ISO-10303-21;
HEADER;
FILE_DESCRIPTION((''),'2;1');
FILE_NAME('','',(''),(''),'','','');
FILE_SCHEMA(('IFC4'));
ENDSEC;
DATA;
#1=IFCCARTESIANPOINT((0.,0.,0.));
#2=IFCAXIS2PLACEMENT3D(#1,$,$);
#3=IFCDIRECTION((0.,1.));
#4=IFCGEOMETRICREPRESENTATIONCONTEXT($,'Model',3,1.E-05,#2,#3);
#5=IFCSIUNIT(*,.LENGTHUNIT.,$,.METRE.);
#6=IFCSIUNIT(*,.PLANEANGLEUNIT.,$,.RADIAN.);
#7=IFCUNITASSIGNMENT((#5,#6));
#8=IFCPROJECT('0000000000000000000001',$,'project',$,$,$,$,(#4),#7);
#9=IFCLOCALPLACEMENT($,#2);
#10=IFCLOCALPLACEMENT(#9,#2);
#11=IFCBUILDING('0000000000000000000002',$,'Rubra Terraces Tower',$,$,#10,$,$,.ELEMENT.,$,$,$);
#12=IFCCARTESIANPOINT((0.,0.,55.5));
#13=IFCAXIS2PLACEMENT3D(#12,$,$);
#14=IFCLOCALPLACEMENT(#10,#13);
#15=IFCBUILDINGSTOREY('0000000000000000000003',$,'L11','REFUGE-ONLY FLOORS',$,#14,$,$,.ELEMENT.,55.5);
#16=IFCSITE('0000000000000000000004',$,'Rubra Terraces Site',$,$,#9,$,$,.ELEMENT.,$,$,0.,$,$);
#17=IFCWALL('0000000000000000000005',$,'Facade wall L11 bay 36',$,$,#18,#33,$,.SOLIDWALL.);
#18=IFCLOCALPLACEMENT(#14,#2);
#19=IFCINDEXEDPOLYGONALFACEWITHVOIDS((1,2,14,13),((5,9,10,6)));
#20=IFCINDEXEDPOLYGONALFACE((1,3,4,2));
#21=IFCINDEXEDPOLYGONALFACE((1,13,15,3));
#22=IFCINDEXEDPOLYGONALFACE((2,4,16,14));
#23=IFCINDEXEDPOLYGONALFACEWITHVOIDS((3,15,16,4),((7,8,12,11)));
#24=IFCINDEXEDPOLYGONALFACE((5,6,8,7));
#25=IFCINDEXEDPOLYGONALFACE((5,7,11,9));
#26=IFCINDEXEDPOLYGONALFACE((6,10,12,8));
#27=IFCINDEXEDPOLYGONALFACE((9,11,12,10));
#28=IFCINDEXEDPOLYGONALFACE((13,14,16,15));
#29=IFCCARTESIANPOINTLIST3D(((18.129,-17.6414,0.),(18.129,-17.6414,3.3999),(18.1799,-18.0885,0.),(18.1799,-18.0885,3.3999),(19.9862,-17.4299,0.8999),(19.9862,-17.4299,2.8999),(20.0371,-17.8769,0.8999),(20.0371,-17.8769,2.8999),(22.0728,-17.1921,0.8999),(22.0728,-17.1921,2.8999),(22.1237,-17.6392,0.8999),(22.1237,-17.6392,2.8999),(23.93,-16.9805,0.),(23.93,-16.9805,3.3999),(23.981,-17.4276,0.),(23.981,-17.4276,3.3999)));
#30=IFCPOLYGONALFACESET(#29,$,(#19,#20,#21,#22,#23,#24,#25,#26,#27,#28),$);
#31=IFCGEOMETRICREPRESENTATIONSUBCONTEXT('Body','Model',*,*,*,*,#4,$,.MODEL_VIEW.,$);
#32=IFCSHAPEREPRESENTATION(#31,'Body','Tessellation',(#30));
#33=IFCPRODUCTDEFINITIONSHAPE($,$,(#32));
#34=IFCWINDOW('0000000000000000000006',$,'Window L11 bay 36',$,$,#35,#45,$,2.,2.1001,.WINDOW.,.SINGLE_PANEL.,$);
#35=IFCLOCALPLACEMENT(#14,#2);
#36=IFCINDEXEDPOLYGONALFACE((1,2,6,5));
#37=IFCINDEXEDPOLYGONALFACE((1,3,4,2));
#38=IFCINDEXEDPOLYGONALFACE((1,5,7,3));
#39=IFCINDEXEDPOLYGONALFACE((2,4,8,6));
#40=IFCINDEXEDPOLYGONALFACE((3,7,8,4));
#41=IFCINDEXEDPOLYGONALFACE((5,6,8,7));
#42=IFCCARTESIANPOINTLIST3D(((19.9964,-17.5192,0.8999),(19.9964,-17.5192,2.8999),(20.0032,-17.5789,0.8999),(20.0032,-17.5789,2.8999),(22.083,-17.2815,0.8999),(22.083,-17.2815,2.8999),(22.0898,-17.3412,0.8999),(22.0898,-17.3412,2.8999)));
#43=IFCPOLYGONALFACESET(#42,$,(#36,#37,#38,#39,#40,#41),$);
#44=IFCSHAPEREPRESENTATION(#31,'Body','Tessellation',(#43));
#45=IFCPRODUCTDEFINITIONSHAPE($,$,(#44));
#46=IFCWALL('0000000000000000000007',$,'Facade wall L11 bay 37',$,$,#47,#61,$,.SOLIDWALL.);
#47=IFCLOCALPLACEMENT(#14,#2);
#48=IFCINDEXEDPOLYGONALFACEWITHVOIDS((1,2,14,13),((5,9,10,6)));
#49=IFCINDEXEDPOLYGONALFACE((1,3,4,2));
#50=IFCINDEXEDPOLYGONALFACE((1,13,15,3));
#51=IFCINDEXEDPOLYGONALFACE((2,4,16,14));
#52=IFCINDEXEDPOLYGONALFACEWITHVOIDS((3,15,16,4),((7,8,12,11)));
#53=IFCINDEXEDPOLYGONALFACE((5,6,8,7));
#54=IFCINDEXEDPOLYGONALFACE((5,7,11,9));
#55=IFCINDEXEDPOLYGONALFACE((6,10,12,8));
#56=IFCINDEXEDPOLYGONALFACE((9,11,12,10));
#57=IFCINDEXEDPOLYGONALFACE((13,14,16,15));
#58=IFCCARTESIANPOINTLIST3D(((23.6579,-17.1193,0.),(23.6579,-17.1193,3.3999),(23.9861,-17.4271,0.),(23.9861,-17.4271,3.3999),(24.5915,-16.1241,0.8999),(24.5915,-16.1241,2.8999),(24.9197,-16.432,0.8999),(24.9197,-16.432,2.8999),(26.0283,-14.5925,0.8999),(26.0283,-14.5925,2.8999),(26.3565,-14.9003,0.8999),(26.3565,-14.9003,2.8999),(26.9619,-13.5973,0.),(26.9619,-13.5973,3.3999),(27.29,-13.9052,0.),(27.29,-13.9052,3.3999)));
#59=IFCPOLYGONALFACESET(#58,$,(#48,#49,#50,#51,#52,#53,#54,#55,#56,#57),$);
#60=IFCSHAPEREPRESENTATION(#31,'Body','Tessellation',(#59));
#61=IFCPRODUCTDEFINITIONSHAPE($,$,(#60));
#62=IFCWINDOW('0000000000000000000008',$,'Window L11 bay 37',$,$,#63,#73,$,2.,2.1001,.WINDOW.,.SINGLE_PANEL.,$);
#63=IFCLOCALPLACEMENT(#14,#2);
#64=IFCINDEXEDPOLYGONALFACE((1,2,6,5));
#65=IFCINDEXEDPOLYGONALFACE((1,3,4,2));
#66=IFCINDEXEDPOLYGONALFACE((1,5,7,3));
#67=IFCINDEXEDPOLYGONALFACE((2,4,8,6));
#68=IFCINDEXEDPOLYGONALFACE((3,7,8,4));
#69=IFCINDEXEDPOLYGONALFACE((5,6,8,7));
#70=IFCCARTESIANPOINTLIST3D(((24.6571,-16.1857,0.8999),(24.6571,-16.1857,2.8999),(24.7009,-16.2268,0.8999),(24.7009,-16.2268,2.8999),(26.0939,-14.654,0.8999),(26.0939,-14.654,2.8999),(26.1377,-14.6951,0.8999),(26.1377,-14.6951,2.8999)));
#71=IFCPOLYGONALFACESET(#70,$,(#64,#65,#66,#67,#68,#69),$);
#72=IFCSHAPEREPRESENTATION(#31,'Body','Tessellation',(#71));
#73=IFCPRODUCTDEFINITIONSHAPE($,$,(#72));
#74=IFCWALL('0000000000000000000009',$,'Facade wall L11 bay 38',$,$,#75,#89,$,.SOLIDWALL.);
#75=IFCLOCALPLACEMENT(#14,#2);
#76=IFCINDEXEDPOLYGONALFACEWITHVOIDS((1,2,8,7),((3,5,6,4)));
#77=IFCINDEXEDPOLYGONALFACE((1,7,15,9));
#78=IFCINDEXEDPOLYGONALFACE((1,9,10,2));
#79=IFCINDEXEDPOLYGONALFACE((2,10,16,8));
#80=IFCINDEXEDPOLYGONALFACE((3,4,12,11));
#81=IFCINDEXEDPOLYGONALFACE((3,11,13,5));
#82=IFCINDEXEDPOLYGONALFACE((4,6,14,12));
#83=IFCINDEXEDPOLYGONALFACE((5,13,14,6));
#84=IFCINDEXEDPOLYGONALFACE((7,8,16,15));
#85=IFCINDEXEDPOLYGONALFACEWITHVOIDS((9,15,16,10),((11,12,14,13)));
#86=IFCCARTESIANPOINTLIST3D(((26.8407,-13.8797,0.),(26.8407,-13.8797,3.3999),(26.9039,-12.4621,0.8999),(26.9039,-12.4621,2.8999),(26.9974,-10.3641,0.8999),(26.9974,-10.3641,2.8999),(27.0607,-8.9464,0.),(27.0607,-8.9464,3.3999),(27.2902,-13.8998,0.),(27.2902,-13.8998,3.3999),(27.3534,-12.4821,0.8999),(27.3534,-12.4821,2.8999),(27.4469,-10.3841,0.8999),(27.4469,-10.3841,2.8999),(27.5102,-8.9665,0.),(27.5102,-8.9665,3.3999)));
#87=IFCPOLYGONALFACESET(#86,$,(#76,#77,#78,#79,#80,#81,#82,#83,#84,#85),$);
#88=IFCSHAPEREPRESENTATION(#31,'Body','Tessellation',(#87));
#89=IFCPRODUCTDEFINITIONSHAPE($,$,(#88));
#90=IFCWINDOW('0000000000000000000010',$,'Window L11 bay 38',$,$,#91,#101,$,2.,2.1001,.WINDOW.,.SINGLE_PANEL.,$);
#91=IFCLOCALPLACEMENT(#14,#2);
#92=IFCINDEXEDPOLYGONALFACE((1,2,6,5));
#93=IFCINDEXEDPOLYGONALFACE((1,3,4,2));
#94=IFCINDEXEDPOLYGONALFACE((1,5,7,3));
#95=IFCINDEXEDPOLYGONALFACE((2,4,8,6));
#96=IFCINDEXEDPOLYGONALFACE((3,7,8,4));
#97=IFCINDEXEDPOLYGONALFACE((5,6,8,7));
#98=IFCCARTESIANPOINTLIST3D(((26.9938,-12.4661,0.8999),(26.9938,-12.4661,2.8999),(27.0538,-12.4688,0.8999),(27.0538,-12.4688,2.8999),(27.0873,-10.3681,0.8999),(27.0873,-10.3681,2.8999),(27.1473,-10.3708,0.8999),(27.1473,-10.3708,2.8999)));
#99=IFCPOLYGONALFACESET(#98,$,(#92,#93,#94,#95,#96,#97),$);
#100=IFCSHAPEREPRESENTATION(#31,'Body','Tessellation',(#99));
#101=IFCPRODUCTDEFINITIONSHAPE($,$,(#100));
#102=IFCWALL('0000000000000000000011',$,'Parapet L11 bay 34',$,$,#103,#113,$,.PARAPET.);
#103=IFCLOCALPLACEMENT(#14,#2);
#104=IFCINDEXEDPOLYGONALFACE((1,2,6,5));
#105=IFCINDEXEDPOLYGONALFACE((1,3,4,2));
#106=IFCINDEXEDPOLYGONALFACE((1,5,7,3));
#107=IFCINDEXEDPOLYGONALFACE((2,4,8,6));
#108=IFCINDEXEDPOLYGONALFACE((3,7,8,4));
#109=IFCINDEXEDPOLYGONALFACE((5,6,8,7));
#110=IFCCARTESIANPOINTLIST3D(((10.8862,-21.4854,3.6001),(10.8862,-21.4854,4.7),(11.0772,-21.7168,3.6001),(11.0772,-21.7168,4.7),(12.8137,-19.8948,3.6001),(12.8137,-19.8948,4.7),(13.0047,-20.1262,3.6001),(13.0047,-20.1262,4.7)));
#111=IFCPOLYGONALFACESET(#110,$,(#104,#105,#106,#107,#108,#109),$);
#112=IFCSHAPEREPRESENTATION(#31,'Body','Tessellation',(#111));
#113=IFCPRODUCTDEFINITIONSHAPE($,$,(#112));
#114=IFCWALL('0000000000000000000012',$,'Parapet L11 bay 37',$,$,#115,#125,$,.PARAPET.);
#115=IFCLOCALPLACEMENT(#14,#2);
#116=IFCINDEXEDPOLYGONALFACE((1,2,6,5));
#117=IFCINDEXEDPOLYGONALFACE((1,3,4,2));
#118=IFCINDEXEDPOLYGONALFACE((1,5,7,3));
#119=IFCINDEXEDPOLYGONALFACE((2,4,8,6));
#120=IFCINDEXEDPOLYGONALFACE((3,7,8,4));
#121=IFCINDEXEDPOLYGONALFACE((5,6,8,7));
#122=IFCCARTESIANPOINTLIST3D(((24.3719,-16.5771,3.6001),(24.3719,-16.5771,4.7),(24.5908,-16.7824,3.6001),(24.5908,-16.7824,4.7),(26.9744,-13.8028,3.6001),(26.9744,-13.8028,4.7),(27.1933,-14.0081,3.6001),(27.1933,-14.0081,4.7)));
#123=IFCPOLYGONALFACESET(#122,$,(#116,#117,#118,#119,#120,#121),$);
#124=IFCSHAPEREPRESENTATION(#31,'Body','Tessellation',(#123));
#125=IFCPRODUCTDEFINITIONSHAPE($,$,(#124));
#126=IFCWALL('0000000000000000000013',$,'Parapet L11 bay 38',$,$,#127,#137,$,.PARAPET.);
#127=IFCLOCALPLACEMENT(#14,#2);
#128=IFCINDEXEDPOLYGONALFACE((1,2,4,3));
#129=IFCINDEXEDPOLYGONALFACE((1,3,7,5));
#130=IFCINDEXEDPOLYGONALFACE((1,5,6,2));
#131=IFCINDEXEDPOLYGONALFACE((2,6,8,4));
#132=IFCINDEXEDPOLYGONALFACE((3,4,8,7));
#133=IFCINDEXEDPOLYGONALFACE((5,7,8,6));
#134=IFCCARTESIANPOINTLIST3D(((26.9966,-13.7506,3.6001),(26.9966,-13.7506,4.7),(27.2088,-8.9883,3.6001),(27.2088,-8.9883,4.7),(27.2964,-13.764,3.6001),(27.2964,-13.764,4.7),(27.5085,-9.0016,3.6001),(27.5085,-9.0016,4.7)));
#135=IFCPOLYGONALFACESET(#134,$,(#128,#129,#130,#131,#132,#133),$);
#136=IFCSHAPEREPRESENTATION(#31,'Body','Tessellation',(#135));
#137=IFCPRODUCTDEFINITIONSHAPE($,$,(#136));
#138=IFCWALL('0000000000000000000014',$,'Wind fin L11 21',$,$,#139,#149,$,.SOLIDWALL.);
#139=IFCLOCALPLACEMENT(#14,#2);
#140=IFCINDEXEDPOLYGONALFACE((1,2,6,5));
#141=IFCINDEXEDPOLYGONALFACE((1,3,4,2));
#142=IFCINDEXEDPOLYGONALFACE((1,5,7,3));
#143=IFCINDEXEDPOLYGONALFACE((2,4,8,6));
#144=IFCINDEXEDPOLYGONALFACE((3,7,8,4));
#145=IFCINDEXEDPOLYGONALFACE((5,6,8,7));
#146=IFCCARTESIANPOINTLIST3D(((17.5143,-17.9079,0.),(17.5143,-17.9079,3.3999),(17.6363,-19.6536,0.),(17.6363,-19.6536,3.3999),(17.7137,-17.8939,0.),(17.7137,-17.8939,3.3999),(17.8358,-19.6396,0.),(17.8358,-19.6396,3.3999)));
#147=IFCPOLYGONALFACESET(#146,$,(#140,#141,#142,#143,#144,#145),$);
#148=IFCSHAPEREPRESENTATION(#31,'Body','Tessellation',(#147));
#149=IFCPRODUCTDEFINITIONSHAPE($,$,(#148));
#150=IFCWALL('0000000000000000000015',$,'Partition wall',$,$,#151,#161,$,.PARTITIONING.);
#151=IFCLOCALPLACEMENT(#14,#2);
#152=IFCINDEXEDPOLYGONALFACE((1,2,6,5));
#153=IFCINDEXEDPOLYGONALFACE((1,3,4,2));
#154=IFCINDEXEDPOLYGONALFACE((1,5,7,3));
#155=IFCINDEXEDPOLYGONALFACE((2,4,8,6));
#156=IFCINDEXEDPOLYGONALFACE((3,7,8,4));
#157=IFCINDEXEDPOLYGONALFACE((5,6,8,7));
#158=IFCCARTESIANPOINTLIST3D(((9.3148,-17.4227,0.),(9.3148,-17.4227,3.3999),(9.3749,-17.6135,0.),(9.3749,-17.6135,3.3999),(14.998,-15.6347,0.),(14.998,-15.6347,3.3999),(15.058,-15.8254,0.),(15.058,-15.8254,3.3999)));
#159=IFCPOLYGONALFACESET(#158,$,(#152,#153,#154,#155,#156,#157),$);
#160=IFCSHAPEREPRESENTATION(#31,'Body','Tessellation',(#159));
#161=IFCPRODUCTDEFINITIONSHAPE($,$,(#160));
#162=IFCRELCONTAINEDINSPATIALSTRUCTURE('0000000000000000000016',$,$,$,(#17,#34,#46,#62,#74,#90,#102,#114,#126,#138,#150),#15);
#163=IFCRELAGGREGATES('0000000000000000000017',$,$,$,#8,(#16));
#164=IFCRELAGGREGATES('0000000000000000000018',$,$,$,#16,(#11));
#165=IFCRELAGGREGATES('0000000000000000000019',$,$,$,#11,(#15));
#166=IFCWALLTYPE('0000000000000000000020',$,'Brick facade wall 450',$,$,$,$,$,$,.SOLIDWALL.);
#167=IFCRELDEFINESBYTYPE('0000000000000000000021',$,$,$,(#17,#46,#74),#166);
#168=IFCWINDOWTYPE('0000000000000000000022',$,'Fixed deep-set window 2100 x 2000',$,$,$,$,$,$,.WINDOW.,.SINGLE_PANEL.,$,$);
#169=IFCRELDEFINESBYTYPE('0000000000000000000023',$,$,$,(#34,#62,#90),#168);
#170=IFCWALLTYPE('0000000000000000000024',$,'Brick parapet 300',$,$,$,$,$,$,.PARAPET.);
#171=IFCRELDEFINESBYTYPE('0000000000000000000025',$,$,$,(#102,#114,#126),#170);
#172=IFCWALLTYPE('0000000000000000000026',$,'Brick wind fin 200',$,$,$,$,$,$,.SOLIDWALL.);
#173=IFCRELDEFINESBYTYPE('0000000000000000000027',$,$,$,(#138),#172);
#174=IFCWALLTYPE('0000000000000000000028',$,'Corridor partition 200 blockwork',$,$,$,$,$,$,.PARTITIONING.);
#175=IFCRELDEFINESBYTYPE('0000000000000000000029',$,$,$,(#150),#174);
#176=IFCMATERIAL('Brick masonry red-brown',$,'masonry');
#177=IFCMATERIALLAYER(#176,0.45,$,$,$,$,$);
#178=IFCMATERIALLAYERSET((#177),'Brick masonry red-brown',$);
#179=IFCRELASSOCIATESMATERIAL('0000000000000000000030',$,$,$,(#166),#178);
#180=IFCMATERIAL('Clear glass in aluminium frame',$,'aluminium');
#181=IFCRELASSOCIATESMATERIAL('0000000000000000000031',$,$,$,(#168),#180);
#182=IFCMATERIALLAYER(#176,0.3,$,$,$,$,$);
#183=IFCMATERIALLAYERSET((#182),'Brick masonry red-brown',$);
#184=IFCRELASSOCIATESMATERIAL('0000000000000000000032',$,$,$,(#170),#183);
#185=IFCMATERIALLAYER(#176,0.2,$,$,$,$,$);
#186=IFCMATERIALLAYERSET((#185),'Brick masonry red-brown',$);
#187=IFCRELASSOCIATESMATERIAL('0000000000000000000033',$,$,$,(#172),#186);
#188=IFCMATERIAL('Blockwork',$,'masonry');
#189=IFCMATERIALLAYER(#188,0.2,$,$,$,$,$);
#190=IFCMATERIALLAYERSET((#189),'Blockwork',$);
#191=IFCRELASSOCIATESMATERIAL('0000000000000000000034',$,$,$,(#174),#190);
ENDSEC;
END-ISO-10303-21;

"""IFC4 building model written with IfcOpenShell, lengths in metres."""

from ifc_helpers import new_model, si_unit, direction, frame, frame_2d, origin, place, context, subcontext, project, spatial, rectangle, extrude, material, layer, layer_set, type_object, element, fill, save


model = new_model("IFC4")

# Units and contexts
model_context = context("Model", 3, precision=1e-05, world=origin(), true_north=direction((0.0, 1.0)))
body_context = subcontext(model_context, "Body", "Model", "MODEL_VIEW")
ifc_project = project(units=[si_unit("LENGTHUNIT", "METRE"), si_unit("PLANEANGLEUNIT", "RADIAN")], contexts=[model_context])

# Site, building, storey
site_placement = place(None, origin())
site = spatial("IfcSite", under=ifc_project, at=site_placement, Name="Rubra Terraces Site", CompositionType="ELEMENT", RefElevation=0.0)
building_placement = place(site_placement, origin())
building = spatial("IfcBuilding", under=site, at=building_placement, Name="Rubra Terraces Tower", CompositionType="ELEMENT")
storey_placement = place(building_placement, frame((0.0, 0.0, 55.5)))
storey = spatial("IfcBuildingStorey", under=building, at=storey_placement, Name="L11", Description="REFUGE-ONLY FLOORS", CompositionType="ELEMENT", Elevation=55.5)

# Walls, openings, windows
ifc_material_1 = material(Name="Brick masonry red-brown", Category="masonry")
ifc_layer_1 = layer(ifc_material_1, 0.45)
ifc_layer_set_1 = layer_set([ifc_layer_1], Name="Brick masonry red-brown")
wall_type_1 = type_object("IfcWallType", Name="Brick facade wall 450", PredefinedType="SOLIDWALL", material=ifc_layer_set_1)
ifc_material_2 = material(Name="Clear glass in aluminium frame", Category="aluminium")
window_type = type_object("IfcWindowType", Name="Fixed deep-set window 2100 x 2000", PartitioningType="SINGLE_PANEL", PredefinedType="WINDOW", material=ifc_material_2)
wall_1_placement = place(storey_placement, frame((18.1543, -17.865, 0.0), z_axis=(0.0, 0.0, 1.0), x_axis=(0.993573, 0.113194, 0.0)))
wall_1 = element("IfcWall", 1, at=wall_1_placement, inside=storey, type_object=wall_type_1, Name="Facade wall L11 bay 36", PredefinedType="SOLIDWALL", context=body_context, shape_type="SweptSolid", body=[
    extrude(rectangle(XDim=5.8386, YDim=0.45, at=frame_2d((2.9194, 0.0))), origin(), (0.0, 0.0, 1.0), 3.3999),
])
opening_1_placement = place(wall_1_placement, frame((1.8694, 0.0, 0.8999)))
opening_1 = element("IfcOpeningElement", 2, at=opening_1_placement, cuts=wall_1, PredefinedType="OPENING", context=body_context, shape_type="SweptSolid", body=[
    extrude(rectangle(XDim=2.1001, YDim=2.0, at=frame_2d((1.05, 1.0))), frame((0.0, 0.2349, 0.0), z_axis=(0.0, -1.0, 0.0), x_axis=(1.0, 0.0, 0.0)), (0.0, 0.0, 1.0), 0.47),
])
window_1_placement = place(opening_1_placement, origin())
window_1 = element("IfcWindow", 3, at=window_1_placement, inside=storey, type_object=window_type, Name="Window L11 bay 36", OverallHeight=2.0, OverallWidth=2.1001, PartitioningType="SINGLE_PANEL", PredefinedType="WINDOW", context=body_context, shape_type="SweptSolid", body=[
    extrude(rectangle(XDim=2.1001, YDim=2.0, at=frame_2d((1.05, 1.0))), frame((0.0, 0.135, 0.0), z_axis=(0.0, -1.0, 0.0), x_axis=(1.0, 0.0, 0.0)), (0.0, 0.0, 1.0), 0.0601),
])
fill(opening_1, window_1)
wall_2_placement = place(storey_placement, frame((23.822, -17.2732, 0.0), z_axis=(0.0, 0.0, 1.0), x_axis=(0.684173, 0.72932, 0.0)))
wall_2 = element("IfcWall", 4, at=wall_2_placement, inside=storey, type_object=wall_type_1, Name="Facade wall L11 bay 37", PredefinedType="SOLIDWALL", context=body_context, shape_type="SweptSolid", body=[
    extrude(rectangle(XDim=4.8291, YDim=0.45, at=frame_2d((2.4146, 0.0))), origin(), (0.0, 0.0, 1.0), 3.3999),
])
opening_2_placement = place(wall_2_placement, frame((1.3645, 0.0, 0.8999)))
opening_2 = element("IfcOpeningElement", 5, at=opening_2_placement, cuts=wall_2, PredefinedType="OPENING", context=body_context, shape_type="SweptSolid", body=[
    extrude(rectangle(XDim=2.1001, YDim=2.0, at=frame_2d((1.05, 1.0))), frame((0.0, 0.2349, 0.0), z_axis=(0.0, -1.0, 0.0), x_axis=(1.0, 0.0, 0.0)), (0.0, 0.0, 1.0), 0.47),
])
window_2_placement = place(opening_2_placement, origin())
window_2 = element("IfcWindow", 6, at=window_2_placement, inside=storey, type_object=window_type, Name="Window L11 bay 37", OverallHeight=2.0, OverallWidth=2.1001, PartitioningType="SINGLE_PANEL", PredefinedType="WINDOW", context=body_context, shape_type="SweptSolid", body=[
    extrude(rectangle(XDim=2.1001, YDim=2.0, at=frame_2d((1.05, 1.0))), frame((0.0, 0.135, 0.0), z_axis=(0.0, -1.0, 0.0), x_axis=(1.0, 0.0, 0.0)), (0.0, 0.0, 1.0), 0.0601),
])
fill(opening_2, window_2)
wall_3_placement = place(storey_placement, frame((27.0654, -13.8899, 0.0), z_axis=(0.0, 0.0, 1.0), x_axis=(0.044544, 0.999007, 0.0)))
wall_3 = element("IfcWall", 7, at=wall_3_placement, inside=storey, type_object=wall_type_1, Name="Facade wall L11 bay 38", PredefinedType="SOLIDWALL", context=body_context, shape_type="SweptSolid", body=[
    extrude(rectangle(XDim=4.9382, YDim=0.45, at=frame_2d((2.4692, 0.0))), origin(), (0.0, 0.0, 1.0), 3.3999),
])
opening_3_placement = place(wall_3_placement, frame((1.4192, 0.0, 0.8999)))
opening_3 = element("IfcOpeningElement", 8, at=opening_3_placement, cuts=wall_3, PredefinedType="OPENING", context=body_context, shape_type="SweptSolid", body=[
    extrude(rectangle(XDim=2.1001, YDim=2.0, at=frame_2d((1.05, 1.0))), frame((0.0, 0.2349, 0.0), z_axis=(0.0, -1.0, 0.0), x_axis=(1.0, 0.0, 0.0)), (0.0, 0.0, 1.0), 0.47),
])
window_3_placement = place(opening_3_placement, origin())
window_3 = element("IfcWindow", 9, at=window_3_placement, inside=storey, type_object=window_type, Name="Window L11 bay 38", OverallHeight=2.0, OverallWidth=2.1001, PartitioningType="SINGLE_PANEL", PredefinedType="WINDOW", context=body_context, shape_type="SweptSolid", body=[
    extrude(rectangle(XDim=2.1001, YDim=2.0, at=frame_2d((1.05, 1.0))), frame((0.0, 0.135, 0.0), z_axis=(0.0, -1.0, 0.0), x_axis=(1.0, 0.0, 0.0)), (0.0, 0.0, 1.0), 0.0601),
])
fill(opening_3, window_3)

# Walls
ifc_layer_2 = layer(ifc_material_1, 0.3)
ifc_layer_set_2 = layer_set([ifc_layer_2], Name="Brick masonry red-brown")
wall_type_2 = type_object("IfcWallType", Name="Brick parapet 300", PredefinedType="PARAPET", material=ifc_layer_set_2)
wall_4_placement = place(storey_placement, frame((10.9817, -21.6011, 3.6001), z_axis=(0.0, 0.0, 1.0), x_axis=(0.771295, 0.636477, 0.0)))
element("IfcWall", 10, at=wall_4_placement, inside=storey, type_object=wall_type_2, Name="Parapet L11 bay 34", PredefinedType="PARAPET", context=body_context, shape_type="SweptSolid", body=[
    extrude(rectangle(XDim=2.499, YDim=0.3, at=frame_2d((1.2495, 0.0))), origin(), (0.0, 0.0, 1.0), 1.0999),
])
wall_5_placement = place(storey_placement, frame((24.4814, -16.6797, 3.6001), z_axis=(0.0, 0.0, 1.0), x_axis=(0.684155, 0.729337, 0.0)))
element("IfcWall", 11, at=wall_5_placement, inside=storey, type_object=wall_type_2, Name="Parapet L11 bay 37", PredefinedType="PARAPET", context=body_context, shape_type="SweptSolid", body=[
    extrude(rectangle(XDim=3.804, YDim=0.3, at=frame_2d((1.9019, 0.0))), origin(), (0.0, 0.0, 1.0), 1.0999),
])
wall_6_placement = place(storey_placement, frame((27.1465, -13.7573, 3.6001), z_axis=(0.0, 0.0, 1.0), x_axis=(0.044504, 0.999009, 0.0)))
element("IfcWall", 12, at=wall_6_placement, inside=storey, type_object=wall_type_2, Name="Parapet L11 bay 38", PredefinedType="PARAPET", context=body_context, shape_type="SweptSolid", body=[
    extrude(rectangle(XDim=4.7671, YDim=0.3, at=frame_2d((2.3835, 0.0))), origin(), (0.0, 0.0, 1.0), 1.0999),
])
ifc_layer_3 = layer(ifc_material_1, 0.2)
ifc_layer_set_3 = layer_set([ifc_layer_3], Name="Brick masonry red-brown")
wall_type_3 = type_object("IfcWallType", Name="Brick wind fin 200", PredefinedType="SOLIDWALL", material=ifc_layer_set_3)
wall_7_placement = place(storey_placement, frame((17.614, -17.9009, 0.0), z_axis=(0.0, 0.0, 1.0), x_axis=(0.06975, -0.997565, 0.0)))
element("IfcWall", 13, at=wall_7_placement, inside=storey, type_object=wall_type_3, Name="Wind fin L11 21", PredefinedType="SOLIDWALL", context=body_context, shape_type="SweptSolid", body=[
    extrude(rectangle(XDim=1.75, YDim=0.2, at=frame_2d((0.875, 0.0))), origin(), (0.0, 0.0, 1.0), 3.3999),
])
ifc_material_3 = material(Name="Blockwork", Category="masonry")
ifc_layer_4 = layer(ifc_material_3, 0.2)
ifc_layer_set_4 = layer_set([ifc_layer_4], Name="Blockwork")
wall_type_4 = type_object("IfcWallType", Name="Corridor partition 200 blockwork", PredefinedType="PARTITIONING", material=ifc_layer_set_4)
wall_8_placement = place(storey_placement, frame((15.0281, -15.73, 0.0), z_axis=(0.0, 0.0, 1.0), x_axis=(-0.953899, -0.300127, 0.0)))
element("IfcWall", 14, at=wall_8_placement, inside=storey, type_object=wall_type_4, Name="Partition wall", PredefinedType="PARTITIONING", context=body_context, shape_type="SweptSolid", body=[
    extrude(rectangle(XDim=5.9578, YDim=0.2, at=frame_2d((2.979, 0.0))), origin(), (0.0, 0.0, 1.0), 3.3999),
])

save(model, "model.ifc")
